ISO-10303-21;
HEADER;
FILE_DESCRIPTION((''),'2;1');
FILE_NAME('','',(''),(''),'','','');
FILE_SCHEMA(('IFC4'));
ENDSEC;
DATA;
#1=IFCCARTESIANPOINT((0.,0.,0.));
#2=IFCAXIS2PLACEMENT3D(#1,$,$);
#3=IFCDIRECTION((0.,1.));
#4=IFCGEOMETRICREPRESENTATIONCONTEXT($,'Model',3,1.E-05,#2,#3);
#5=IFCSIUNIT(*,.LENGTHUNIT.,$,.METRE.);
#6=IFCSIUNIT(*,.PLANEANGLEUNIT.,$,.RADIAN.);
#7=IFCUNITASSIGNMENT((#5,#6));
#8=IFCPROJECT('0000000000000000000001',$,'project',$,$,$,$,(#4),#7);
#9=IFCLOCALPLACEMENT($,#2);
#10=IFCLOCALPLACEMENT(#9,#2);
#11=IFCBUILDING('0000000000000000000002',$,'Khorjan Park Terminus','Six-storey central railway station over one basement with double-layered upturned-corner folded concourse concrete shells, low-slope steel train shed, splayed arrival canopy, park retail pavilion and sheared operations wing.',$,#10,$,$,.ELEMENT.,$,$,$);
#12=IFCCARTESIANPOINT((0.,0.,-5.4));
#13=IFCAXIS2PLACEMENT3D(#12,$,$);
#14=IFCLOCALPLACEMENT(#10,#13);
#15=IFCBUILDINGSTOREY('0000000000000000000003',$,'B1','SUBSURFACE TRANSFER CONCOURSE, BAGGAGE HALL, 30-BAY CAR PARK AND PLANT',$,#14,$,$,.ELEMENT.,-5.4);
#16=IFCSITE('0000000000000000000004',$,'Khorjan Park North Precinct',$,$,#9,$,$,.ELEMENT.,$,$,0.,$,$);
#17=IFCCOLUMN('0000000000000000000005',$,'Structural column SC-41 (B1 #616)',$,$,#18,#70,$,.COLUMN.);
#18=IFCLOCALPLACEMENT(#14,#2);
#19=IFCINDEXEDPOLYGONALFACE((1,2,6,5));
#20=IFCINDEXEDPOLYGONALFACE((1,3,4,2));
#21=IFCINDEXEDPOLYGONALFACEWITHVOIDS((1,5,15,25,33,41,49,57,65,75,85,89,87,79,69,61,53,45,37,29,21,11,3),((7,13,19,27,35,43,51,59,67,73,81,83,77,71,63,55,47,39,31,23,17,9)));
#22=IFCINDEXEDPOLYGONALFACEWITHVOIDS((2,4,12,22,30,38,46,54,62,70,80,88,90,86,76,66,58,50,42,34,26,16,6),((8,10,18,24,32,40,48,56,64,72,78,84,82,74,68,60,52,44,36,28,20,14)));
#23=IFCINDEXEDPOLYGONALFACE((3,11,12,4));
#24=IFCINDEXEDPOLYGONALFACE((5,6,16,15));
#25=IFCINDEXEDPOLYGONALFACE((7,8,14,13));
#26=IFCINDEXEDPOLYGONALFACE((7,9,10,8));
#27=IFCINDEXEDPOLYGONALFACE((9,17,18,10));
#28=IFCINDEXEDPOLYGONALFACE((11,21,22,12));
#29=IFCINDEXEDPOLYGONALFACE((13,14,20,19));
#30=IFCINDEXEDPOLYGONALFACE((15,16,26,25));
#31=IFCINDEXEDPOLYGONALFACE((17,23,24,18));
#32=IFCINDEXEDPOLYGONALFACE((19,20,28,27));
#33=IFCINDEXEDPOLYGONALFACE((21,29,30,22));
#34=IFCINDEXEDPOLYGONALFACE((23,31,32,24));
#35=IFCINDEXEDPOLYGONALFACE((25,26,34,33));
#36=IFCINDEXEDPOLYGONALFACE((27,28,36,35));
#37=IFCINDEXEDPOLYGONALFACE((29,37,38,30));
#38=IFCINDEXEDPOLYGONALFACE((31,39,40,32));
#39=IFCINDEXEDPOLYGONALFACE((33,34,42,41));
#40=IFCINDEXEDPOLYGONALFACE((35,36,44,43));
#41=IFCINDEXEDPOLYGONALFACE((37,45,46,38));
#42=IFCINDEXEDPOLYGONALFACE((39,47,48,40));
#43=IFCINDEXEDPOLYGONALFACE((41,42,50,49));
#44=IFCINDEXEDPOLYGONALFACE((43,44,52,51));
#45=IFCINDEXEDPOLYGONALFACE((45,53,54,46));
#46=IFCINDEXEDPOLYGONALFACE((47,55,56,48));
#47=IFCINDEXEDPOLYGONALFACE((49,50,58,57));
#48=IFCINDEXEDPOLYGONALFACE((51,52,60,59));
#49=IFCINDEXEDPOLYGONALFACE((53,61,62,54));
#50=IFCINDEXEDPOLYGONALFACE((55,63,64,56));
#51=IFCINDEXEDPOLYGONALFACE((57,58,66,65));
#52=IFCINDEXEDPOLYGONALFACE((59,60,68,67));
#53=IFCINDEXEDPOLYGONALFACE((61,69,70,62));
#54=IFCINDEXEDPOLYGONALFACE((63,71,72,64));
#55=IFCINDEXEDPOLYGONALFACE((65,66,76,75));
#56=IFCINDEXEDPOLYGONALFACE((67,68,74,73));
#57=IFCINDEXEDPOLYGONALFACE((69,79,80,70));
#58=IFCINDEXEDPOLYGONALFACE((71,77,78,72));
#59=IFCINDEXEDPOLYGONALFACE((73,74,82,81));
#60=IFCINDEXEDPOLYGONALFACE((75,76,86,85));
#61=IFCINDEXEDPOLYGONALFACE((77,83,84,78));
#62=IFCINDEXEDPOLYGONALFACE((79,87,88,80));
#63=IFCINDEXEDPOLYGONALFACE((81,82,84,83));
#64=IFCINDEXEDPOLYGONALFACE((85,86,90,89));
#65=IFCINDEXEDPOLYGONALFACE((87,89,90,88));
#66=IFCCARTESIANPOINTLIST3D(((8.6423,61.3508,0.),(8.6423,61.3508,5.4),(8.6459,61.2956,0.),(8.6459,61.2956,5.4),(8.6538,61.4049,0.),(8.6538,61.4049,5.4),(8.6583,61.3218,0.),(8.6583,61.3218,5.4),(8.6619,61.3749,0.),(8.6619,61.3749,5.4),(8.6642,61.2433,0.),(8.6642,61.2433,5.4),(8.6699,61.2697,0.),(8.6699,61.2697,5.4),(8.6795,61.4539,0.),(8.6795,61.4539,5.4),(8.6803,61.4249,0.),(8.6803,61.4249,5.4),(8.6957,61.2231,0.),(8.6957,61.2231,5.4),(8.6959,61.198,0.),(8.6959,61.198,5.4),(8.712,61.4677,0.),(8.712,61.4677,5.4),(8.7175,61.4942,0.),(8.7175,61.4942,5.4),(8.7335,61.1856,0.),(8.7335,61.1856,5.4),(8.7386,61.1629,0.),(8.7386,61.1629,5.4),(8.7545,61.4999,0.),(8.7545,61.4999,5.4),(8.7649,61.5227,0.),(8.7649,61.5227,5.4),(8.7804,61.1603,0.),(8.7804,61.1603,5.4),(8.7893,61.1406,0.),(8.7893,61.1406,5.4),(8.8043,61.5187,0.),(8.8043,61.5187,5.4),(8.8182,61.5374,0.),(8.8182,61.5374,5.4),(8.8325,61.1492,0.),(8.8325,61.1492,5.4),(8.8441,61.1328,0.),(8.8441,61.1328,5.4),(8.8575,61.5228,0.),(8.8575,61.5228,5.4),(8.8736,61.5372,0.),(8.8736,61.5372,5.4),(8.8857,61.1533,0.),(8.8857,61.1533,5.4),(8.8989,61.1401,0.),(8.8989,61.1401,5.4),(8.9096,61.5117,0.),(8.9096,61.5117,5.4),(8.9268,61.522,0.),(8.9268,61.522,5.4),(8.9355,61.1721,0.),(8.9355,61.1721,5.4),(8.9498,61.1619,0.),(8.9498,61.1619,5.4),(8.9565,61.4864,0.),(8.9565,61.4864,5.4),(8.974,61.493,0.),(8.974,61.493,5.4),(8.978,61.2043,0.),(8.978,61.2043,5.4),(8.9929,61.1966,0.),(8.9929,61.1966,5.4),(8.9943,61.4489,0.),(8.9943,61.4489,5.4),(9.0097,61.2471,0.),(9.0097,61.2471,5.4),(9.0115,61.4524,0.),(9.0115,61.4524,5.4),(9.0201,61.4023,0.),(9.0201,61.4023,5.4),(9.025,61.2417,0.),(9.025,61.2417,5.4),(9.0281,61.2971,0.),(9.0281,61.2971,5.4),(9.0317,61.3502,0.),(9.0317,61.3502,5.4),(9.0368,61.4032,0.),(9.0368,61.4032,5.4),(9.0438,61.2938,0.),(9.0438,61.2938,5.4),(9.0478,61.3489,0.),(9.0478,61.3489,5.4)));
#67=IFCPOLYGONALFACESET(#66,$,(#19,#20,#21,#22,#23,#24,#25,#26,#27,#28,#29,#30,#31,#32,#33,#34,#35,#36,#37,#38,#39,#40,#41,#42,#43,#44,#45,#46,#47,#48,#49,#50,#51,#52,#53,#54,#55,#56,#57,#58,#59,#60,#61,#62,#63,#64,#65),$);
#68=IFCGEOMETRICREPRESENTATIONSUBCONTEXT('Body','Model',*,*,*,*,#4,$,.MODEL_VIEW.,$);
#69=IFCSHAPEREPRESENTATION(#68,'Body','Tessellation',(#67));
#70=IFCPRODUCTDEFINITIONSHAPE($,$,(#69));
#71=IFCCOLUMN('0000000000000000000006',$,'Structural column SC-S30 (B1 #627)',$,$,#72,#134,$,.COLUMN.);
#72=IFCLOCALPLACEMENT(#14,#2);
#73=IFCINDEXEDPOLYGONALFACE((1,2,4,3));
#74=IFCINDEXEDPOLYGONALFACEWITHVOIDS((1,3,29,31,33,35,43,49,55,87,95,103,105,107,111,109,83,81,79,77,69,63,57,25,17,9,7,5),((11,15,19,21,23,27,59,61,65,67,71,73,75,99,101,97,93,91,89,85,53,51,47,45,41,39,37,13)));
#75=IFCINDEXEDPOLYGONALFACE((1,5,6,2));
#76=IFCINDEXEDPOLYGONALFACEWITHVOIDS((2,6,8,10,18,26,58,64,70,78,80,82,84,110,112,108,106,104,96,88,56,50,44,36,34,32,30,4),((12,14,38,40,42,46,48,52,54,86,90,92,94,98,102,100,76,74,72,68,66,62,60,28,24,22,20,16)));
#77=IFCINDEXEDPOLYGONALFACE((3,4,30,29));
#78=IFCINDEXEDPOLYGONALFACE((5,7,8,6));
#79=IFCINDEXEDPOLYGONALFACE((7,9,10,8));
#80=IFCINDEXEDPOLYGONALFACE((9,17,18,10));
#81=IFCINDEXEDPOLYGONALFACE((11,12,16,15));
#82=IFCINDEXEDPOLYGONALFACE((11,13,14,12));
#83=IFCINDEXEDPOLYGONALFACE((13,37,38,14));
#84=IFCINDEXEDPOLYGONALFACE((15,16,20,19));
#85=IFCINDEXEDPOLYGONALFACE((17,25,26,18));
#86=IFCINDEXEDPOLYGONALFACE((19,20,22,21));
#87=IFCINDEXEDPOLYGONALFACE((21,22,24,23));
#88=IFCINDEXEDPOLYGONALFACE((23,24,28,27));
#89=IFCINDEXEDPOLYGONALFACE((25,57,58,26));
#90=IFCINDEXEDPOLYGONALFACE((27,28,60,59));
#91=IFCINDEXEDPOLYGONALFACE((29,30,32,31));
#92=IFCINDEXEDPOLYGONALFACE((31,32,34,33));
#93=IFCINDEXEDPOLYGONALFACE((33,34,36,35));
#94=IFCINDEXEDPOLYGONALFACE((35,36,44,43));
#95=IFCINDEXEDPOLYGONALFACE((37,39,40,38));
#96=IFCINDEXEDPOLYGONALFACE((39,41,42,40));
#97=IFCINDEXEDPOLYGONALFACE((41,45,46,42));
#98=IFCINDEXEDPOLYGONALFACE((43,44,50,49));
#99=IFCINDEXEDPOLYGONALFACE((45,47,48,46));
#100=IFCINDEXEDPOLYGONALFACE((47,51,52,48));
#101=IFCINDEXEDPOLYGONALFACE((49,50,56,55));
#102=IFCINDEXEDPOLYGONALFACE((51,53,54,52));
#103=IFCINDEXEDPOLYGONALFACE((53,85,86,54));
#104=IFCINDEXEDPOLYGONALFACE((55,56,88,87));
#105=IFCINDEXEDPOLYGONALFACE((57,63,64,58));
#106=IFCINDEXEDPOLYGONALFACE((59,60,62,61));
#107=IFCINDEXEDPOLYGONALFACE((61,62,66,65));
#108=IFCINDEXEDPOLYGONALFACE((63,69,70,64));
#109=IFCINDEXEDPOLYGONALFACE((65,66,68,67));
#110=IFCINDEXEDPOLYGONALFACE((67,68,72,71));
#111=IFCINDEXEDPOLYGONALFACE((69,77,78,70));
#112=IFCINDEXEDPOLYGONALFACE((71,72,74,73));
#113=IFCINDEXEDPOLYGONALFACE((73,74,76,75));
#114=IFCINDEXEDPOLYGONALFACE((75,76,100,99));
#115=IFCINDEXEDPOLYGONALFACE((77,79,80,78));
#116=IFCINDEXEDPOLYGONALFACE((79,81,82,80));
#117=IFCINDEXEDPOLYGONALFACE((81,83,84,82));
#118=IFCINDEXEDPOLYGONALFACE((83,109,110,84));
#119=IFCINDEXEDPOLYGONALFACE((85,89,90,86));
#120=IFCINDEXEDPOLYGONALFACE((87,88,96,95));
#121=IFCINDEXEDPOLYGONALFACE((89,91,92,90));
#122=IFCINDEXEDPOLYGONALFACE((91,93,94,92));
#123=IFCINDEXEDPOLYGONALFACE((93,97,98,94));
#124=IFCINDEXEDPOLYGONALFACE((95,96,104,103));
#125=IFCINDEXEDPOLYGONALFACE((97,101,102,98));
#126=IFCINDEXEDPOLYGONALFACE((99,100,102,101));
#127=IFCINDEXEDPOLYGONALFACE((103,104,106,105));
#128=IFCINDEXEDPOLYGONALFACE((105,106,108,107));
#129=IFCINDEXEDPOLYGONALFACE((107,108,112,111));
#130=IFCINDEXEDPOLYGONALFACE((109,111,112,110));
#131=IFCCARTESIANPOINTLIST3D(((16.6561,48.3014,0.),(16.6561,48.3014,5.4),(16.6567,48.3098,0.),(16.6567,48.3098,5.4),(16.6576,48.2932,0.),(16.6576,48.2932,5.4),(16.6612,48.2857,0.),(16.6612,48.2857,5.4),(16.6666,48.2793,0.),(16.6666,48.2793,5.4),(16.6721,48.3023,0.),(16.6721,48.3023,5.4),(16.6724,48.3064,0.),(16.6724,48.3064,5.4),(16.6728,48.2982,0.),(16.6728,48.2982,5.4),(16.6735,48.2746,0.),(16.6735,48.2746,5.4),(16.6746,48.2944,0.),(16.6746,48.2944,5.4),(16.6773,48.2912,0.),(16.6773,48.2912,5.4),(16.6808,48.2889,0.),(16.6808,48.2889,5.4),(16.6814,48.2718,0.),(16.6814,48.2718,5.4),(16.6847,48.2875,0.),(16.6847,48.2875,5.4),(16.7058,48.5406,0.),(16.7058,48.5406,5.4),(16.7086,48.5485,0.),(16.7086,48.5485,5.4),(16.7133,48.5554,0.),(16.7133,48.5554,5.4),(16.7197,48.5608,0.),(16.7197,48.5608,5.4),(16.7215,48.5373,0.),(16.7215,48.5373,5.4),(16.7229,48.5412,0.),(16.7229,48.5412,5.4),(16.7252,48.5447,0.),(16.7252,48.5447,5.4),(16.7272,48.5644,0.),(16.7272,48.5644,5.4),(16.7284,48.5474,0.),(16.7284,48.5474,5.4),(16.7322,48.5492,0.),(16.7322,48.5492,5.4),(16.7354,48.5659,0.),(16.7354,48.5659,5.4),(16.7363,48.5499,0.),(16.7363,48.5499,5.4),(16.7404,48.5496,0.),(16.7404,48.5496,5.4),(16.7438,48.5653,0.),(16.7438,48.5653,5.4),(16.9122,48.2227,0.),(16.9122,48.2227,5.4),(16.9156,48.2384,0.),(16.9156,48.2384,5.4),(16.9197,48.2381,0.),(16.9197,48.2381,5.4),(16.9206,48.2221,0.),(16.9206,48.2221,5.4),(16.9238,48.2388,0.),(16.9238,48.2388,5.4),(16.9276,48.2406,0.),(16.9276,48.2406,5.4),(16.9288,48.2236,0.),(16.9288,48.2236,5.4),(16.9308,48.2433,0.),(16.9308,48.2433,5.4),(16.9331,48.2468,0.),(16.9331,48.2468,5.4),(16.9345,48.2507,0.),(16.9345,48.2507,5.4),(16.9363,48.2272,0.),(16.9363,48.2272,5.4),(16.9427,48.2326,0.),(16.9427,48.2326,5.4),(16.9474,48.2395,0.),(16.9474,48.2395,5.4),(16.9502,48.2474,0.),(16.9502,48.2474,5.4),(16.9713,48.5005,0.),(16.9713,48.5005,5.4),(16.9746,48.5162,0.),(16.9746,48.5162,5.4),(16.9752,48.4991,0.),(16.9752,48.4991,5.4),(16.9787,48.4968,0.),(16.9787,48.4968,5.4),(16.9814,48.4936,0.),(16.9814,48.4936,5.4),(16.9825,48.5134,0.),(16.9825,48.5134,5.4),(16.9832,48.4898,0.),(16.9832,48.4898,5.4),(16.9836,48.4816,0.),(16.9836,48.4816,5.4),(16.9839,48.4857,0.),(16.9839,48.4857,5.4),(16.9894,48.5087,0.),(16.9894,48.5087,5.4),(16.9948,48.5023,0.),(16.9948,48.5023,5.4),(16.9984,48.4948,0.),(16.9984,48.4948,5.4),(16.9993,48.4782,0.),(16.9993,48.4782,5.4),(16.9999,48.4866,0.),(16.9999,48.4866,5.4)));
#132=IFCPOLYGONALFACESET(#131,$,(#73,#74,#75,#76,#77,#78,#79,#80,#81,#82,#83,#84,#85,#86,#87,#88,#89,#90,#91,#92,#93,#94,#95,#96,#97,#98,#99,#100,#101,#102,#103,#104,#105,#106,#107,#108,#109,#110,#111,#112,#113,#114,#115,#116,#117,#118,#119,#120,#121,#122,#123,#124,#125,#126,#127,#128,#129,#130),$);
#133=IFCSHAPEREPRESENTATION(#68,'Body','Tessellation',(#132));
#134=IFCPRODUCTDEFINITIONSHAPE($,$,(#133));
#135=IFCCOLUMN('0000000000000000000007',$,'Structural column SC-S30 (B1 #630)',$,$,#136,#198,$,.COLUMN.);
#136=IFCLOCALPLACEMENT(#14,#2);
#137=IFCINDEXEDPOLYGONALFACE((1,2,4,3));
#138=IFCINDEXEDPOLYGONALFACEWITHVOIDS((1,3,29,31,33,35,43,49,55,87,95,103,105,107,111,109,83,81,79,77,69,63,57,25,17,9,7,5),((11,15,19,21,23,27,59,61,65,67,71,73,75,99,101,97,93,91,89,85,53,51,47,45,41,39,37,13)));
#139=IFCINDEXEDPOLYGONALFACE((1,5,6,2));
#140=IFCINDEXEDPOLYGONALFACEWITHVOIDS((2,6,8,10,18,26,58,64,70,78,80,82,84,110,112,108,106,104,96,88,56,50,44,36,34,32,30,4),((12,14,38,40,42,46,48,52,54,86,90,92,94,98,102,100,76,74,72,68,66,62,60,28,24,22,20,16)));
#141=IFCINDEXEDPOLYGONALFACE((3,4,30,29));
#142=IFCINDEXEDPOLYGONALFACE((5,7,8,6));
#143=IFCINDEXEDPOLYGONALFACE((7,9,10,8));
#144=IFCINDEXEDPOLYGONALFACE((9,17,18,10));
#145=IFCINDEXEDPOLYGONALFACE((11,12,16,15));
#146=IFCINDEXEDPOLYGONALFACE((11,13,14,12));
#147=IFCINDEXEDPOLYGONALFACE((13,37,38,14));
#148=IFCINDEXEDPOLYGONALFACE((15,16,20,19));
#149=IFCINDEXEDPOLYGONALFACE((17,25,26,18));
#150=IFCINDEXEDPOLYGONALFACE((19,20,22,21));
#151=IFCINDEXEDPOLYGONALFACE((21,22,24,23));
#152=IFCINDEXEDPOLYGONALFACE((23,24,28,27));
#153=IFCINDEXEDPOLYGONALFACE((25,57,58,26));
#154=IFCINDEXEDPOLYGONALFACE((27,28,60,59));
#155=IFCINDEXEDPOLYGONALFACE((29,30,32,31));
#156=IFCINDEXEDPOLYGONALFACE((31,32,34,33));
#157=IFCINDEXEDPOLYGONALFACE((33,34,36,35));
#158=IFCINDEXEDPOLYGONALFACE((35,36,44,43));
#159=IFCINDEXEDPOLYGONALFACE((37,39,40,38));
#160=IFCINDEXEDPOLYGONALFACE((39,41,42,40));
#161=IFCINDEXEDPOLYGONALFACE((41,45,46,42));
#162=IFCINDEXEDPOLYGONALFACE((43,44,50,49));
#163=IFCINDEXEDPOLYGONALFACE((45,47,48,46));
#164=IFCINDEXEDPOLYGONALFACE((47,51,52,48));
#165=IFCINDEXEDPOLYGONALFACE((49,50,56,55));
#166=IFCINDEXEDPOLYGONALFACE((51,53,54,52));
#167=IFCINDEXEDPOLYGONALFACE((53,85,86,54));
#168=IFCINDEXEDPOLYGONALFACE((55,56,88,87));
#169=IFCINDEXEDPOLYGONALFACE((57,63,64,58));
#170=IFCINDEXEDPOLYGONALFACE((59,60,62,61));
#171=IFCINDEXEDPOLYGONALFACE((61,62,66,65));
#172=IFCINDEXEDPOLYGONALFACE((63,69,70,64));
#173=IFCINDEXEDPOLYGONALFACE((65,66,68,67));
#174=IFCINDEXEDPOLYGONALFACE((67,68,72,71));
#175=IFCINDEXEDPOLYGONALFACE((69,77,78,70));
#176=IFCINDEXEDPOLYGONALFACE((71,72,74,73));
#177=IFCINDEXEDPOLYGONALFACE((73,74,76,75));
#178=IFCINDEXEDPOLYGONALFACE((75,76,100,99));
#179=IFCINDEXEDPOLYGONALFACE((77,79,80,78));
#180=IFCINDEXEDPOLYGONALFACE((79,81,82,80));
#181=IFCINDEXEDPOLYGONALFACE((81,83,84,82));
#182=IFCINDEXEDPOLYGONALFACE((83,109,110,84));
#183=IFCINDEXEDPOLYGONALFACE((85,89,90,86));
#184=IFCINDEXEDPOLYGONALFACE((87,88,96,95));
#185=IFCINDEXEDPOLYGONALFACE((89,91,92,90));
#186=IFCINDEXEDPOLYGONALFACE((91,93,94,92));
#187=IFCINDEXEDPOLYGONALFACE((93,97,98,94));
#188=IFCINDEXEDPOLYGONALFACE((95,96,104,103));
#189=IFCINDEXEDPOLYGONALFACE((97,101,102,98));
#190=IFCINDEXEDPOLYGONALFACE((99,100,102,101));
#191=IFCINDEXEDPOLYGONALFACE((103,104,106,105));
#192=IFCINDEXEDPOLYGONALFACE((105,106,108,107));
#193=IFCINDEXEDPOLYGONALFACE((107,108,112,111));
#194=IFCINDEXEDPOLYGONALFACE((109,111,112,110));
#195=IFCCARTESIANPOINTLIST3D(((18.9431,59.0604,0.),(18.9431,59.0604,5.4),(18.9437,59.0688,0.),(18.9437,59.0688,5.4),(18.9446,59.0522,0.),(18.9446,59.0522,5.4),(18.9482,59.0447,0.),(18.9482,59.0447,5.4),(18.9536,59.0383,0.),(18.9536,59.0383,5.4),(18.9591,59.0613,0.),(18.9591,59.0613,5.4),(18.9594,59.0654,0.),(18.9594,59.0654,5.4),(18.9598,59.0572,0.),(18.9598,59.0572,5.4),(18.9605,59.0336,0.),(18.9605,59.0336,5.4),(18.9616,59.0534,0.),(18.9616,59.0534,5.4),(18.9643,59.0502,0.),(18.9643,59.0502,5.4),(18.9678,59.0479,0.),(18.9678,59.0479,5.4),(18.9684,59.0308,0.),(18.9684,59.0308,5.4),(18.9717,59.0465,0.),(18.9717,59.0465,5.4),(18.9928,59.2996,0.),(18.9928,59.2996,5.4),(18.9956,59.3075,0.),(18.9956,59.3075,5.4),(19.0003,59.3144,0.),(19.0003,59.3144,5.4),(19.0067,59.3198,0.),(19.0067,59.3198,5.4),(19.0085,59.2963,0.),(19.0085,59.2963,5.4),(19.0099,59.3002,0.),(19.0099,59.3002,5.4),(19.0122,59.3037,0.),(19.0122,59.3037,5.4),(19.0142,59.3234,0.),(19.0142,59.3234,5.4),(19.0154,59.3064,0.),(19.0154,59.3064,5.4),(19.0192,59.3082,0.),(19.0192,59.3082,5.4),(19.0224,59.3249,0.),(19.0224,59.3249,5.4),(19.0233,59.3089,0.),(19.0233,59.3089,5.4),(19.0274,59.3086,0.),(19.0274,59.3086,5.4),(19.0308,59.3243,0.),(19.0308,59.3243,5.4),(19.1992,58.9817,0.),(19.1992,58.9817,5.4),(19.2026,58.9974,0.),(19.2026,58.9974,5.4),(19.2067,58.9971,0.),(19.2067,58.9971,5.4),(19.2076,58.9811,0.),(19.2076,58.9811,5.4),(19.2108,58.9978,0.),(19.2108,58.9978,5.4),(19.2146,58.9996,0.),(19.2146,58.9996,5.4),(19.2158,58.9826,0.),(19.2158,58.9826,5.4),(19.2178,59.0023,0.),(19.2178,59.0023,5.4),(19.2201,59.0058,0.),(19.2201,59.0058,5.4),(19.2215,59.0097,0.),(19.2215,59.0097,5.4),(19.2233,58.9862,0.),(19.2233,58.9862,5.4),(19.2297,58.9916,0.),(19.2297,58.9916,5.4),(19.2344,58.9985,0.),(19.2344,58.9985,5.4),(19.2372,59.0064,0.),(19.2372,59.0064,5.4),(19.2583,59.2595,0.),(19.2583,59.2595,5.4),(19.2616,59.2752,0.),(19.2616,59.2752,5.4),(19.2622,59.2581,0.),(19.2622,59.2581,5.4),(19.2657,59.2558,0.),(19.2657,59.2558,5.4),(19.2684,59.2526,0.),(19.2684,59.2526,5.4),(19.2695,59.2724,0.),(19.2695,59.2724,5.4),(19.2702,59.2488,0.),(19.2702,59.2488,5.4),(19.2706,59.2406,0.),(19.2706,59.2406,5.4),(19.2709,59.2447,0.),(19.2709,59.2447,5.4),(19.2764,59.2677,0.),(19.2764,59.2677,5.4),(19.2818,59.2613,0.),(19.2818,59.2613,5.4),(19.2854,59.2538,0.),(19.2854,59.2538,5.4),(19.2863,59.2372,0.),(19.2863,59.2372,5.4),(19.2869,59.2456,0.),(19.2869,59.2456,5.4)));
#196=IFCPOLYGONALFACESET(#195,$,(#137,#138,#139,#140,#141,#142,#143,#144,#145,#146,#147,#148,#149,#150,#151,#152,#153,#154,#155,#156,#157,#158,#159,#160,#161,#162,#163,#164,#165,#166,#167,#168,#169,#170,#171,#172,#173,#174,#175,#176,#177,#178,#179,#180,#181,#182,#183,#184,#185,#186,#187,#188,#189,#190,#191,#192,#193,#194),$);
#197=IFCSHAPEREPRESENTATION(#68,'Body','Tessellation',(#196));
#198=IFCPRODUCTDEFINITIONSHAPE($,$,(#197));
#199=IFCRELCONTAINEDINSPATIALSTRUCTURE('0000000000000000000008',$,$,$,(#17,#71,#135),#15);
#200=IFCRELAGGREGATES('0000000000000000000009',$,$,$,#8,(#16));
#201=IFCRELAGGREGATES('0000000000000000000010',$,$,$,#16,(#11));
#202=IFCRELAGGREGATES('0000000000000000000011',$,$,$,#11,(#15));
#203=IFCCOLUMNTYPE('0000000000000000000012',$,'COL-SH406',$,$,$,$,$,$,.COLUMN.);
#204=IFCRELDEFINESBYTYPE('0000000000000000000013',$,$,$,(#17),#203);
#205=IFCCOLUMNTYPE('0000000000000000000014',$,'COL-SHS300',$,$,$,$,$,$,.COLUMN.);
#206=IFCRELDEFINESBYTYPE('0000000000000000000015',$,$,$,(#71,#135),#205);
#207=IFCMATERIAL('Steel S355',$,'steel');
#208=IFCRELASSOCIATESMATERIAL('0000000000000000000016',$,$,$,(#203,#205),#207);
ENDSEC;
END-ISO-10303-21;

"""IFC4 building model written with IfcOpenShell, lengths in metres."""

from ifc_helpers import new_model, si_unit, direction, frame, origin, origin_2d, place, context, subcontext, project, spatial, hollow_rectangle, hollow_circle, extrude, material, material_profile, profile_set, type_object, element, save


model = new_model("IFC4")

# Units and contexts
model_context = context("Model", 3, precision=1e-05, world=origin(), true_north=direction((0.0, 1.0)))
body_context = subcontext(model_context, "Body", "Model", "MODEL_VIEW")
ifc_project = project(units=[si_unit("LENGTHUNIT", "METRE"), si_unit("PLANEANGLEUNIT", "RADIAN")], contexts=[model_context])

# Site, building, storey
site_placement = place(None, origin())
site = spatial("IfcSite", under=ifc_project, at=site_placement, Name="Khorjan Park North Precinct", CompositionType="ELEMENT", RefElevation=0.0)
building_placement = place(site_placement, origin())
building = spatial("IfcBuilding", under=site, at=building_placement, Name="Khorjan Park Terminus", Description="Six-storey central railway station over one basement with double-layered upturned-corner folded concourse concrete shells, low-slope steel train shed, splayed arrival canopy, park retail pavilion and sheared operations wing.", CompositionType="ELEMENT")
storey_placement = place(building_placement, frame((0.0, 0.0, -5.4)))
storey = spatial("IfcBuildingStorey", under=building, at=storey_placement, Name="B1", Description="SUBSURFACE TRANSFER CONCOURSE, BAGGAGE HALL, 30-BAY CAR PARK AND PLANT", CompositionType="ELEMENT", Elevation=-5.4)

# Columns
ifc_material_1 = material(Name="Steel S355", Category="steel")
ifc_material_profile_1 = material_profile(ifc_material_1, hollow_circle(Radius=0.2032, WallThickness=0.016, at=origin_2d()), Name="CHS 406.4x16")
ifc_profile_set_1 = profile_set([ifc_material_profile_1], Name="Steel S355")
column_type_1 = type_object("IfcColumnType", Name="COL-SH406", PredefinedType="COLUMN", material=ifc_profile_set_1)
for number, where, z_axis, x_axis, name in (
    (1, (8.845, 61.336, 0.0), (0.0, 0.0, 1.0), (0.978148, -0.207912, 0.0), "Structural column SC-41 (B1 #616)"),
):
    element("IfcColumn", number, at=place(storey_placement, frame(where, z_axis=z_axis, x_axis=x_axis)), inside=storey, type_object=column_type_1, Name=name, PredefinedType="COLUMN", context=body_context, shape_type="SweptSolid", body=[
        extrude(hollow_circle(Radius=0.2032, WallThickness=0.016, at=origin_2d()), origin(), (0.0, 0.0, 1.0), 5.4),
    ])
ifc_material_profile_2 = material_profile(ifc_material_1, hollow_rectangle(XDim=0.3, YDim=0.3, WallThickness=0.016, InnerFilletRadius=0.016, OuterFilletRadius=0.032, at=origin_2d()), Name="SHS 300x300x16")
ifc_profile_set_2 = profile_set([ifc_material_profile_2], Name="Steel S355")
column_type_2 = type_object("IfcColumnType", Name="COL-SHS300", PredefinedType="COLUMN", material=ifc_profile_set_2)
for number, where, z_axis, x_axis, name in (
    (2, (16.828, 48.394, 0.0), (0.0, 0.0, 1.0), (0.978148, -0.207912, 0.0), "Structural column SC-S30 (B1 #627)"),
    (3, (19.115, 59.153, 0.0), (0.0, 0.0, 1.0), (0.978148, -0.207912, 0.0), "Structural column SC-S30 (B1 #630)"),
):
    element("IfcColumn", number, at=place(storey_placement, frame(where, z_axis=z_axis, x_axis=x_axis)), inside=storey, type_object=column_type_2, Name=name, PredefinedType="COLUMN", context=body_context, shape_type="SweptSolid", body=[
        extrude(hollow_rectangle(XDim=0.3, YDim=0.3, WallThickness=0.016, InnerFilletRadius=0.016, OuterFilletRadius=0.032, at=origin_2d()), origin(), (0.0, 0.0, 1.0), 5.4),
    ])

save(model, "model.ifc")
